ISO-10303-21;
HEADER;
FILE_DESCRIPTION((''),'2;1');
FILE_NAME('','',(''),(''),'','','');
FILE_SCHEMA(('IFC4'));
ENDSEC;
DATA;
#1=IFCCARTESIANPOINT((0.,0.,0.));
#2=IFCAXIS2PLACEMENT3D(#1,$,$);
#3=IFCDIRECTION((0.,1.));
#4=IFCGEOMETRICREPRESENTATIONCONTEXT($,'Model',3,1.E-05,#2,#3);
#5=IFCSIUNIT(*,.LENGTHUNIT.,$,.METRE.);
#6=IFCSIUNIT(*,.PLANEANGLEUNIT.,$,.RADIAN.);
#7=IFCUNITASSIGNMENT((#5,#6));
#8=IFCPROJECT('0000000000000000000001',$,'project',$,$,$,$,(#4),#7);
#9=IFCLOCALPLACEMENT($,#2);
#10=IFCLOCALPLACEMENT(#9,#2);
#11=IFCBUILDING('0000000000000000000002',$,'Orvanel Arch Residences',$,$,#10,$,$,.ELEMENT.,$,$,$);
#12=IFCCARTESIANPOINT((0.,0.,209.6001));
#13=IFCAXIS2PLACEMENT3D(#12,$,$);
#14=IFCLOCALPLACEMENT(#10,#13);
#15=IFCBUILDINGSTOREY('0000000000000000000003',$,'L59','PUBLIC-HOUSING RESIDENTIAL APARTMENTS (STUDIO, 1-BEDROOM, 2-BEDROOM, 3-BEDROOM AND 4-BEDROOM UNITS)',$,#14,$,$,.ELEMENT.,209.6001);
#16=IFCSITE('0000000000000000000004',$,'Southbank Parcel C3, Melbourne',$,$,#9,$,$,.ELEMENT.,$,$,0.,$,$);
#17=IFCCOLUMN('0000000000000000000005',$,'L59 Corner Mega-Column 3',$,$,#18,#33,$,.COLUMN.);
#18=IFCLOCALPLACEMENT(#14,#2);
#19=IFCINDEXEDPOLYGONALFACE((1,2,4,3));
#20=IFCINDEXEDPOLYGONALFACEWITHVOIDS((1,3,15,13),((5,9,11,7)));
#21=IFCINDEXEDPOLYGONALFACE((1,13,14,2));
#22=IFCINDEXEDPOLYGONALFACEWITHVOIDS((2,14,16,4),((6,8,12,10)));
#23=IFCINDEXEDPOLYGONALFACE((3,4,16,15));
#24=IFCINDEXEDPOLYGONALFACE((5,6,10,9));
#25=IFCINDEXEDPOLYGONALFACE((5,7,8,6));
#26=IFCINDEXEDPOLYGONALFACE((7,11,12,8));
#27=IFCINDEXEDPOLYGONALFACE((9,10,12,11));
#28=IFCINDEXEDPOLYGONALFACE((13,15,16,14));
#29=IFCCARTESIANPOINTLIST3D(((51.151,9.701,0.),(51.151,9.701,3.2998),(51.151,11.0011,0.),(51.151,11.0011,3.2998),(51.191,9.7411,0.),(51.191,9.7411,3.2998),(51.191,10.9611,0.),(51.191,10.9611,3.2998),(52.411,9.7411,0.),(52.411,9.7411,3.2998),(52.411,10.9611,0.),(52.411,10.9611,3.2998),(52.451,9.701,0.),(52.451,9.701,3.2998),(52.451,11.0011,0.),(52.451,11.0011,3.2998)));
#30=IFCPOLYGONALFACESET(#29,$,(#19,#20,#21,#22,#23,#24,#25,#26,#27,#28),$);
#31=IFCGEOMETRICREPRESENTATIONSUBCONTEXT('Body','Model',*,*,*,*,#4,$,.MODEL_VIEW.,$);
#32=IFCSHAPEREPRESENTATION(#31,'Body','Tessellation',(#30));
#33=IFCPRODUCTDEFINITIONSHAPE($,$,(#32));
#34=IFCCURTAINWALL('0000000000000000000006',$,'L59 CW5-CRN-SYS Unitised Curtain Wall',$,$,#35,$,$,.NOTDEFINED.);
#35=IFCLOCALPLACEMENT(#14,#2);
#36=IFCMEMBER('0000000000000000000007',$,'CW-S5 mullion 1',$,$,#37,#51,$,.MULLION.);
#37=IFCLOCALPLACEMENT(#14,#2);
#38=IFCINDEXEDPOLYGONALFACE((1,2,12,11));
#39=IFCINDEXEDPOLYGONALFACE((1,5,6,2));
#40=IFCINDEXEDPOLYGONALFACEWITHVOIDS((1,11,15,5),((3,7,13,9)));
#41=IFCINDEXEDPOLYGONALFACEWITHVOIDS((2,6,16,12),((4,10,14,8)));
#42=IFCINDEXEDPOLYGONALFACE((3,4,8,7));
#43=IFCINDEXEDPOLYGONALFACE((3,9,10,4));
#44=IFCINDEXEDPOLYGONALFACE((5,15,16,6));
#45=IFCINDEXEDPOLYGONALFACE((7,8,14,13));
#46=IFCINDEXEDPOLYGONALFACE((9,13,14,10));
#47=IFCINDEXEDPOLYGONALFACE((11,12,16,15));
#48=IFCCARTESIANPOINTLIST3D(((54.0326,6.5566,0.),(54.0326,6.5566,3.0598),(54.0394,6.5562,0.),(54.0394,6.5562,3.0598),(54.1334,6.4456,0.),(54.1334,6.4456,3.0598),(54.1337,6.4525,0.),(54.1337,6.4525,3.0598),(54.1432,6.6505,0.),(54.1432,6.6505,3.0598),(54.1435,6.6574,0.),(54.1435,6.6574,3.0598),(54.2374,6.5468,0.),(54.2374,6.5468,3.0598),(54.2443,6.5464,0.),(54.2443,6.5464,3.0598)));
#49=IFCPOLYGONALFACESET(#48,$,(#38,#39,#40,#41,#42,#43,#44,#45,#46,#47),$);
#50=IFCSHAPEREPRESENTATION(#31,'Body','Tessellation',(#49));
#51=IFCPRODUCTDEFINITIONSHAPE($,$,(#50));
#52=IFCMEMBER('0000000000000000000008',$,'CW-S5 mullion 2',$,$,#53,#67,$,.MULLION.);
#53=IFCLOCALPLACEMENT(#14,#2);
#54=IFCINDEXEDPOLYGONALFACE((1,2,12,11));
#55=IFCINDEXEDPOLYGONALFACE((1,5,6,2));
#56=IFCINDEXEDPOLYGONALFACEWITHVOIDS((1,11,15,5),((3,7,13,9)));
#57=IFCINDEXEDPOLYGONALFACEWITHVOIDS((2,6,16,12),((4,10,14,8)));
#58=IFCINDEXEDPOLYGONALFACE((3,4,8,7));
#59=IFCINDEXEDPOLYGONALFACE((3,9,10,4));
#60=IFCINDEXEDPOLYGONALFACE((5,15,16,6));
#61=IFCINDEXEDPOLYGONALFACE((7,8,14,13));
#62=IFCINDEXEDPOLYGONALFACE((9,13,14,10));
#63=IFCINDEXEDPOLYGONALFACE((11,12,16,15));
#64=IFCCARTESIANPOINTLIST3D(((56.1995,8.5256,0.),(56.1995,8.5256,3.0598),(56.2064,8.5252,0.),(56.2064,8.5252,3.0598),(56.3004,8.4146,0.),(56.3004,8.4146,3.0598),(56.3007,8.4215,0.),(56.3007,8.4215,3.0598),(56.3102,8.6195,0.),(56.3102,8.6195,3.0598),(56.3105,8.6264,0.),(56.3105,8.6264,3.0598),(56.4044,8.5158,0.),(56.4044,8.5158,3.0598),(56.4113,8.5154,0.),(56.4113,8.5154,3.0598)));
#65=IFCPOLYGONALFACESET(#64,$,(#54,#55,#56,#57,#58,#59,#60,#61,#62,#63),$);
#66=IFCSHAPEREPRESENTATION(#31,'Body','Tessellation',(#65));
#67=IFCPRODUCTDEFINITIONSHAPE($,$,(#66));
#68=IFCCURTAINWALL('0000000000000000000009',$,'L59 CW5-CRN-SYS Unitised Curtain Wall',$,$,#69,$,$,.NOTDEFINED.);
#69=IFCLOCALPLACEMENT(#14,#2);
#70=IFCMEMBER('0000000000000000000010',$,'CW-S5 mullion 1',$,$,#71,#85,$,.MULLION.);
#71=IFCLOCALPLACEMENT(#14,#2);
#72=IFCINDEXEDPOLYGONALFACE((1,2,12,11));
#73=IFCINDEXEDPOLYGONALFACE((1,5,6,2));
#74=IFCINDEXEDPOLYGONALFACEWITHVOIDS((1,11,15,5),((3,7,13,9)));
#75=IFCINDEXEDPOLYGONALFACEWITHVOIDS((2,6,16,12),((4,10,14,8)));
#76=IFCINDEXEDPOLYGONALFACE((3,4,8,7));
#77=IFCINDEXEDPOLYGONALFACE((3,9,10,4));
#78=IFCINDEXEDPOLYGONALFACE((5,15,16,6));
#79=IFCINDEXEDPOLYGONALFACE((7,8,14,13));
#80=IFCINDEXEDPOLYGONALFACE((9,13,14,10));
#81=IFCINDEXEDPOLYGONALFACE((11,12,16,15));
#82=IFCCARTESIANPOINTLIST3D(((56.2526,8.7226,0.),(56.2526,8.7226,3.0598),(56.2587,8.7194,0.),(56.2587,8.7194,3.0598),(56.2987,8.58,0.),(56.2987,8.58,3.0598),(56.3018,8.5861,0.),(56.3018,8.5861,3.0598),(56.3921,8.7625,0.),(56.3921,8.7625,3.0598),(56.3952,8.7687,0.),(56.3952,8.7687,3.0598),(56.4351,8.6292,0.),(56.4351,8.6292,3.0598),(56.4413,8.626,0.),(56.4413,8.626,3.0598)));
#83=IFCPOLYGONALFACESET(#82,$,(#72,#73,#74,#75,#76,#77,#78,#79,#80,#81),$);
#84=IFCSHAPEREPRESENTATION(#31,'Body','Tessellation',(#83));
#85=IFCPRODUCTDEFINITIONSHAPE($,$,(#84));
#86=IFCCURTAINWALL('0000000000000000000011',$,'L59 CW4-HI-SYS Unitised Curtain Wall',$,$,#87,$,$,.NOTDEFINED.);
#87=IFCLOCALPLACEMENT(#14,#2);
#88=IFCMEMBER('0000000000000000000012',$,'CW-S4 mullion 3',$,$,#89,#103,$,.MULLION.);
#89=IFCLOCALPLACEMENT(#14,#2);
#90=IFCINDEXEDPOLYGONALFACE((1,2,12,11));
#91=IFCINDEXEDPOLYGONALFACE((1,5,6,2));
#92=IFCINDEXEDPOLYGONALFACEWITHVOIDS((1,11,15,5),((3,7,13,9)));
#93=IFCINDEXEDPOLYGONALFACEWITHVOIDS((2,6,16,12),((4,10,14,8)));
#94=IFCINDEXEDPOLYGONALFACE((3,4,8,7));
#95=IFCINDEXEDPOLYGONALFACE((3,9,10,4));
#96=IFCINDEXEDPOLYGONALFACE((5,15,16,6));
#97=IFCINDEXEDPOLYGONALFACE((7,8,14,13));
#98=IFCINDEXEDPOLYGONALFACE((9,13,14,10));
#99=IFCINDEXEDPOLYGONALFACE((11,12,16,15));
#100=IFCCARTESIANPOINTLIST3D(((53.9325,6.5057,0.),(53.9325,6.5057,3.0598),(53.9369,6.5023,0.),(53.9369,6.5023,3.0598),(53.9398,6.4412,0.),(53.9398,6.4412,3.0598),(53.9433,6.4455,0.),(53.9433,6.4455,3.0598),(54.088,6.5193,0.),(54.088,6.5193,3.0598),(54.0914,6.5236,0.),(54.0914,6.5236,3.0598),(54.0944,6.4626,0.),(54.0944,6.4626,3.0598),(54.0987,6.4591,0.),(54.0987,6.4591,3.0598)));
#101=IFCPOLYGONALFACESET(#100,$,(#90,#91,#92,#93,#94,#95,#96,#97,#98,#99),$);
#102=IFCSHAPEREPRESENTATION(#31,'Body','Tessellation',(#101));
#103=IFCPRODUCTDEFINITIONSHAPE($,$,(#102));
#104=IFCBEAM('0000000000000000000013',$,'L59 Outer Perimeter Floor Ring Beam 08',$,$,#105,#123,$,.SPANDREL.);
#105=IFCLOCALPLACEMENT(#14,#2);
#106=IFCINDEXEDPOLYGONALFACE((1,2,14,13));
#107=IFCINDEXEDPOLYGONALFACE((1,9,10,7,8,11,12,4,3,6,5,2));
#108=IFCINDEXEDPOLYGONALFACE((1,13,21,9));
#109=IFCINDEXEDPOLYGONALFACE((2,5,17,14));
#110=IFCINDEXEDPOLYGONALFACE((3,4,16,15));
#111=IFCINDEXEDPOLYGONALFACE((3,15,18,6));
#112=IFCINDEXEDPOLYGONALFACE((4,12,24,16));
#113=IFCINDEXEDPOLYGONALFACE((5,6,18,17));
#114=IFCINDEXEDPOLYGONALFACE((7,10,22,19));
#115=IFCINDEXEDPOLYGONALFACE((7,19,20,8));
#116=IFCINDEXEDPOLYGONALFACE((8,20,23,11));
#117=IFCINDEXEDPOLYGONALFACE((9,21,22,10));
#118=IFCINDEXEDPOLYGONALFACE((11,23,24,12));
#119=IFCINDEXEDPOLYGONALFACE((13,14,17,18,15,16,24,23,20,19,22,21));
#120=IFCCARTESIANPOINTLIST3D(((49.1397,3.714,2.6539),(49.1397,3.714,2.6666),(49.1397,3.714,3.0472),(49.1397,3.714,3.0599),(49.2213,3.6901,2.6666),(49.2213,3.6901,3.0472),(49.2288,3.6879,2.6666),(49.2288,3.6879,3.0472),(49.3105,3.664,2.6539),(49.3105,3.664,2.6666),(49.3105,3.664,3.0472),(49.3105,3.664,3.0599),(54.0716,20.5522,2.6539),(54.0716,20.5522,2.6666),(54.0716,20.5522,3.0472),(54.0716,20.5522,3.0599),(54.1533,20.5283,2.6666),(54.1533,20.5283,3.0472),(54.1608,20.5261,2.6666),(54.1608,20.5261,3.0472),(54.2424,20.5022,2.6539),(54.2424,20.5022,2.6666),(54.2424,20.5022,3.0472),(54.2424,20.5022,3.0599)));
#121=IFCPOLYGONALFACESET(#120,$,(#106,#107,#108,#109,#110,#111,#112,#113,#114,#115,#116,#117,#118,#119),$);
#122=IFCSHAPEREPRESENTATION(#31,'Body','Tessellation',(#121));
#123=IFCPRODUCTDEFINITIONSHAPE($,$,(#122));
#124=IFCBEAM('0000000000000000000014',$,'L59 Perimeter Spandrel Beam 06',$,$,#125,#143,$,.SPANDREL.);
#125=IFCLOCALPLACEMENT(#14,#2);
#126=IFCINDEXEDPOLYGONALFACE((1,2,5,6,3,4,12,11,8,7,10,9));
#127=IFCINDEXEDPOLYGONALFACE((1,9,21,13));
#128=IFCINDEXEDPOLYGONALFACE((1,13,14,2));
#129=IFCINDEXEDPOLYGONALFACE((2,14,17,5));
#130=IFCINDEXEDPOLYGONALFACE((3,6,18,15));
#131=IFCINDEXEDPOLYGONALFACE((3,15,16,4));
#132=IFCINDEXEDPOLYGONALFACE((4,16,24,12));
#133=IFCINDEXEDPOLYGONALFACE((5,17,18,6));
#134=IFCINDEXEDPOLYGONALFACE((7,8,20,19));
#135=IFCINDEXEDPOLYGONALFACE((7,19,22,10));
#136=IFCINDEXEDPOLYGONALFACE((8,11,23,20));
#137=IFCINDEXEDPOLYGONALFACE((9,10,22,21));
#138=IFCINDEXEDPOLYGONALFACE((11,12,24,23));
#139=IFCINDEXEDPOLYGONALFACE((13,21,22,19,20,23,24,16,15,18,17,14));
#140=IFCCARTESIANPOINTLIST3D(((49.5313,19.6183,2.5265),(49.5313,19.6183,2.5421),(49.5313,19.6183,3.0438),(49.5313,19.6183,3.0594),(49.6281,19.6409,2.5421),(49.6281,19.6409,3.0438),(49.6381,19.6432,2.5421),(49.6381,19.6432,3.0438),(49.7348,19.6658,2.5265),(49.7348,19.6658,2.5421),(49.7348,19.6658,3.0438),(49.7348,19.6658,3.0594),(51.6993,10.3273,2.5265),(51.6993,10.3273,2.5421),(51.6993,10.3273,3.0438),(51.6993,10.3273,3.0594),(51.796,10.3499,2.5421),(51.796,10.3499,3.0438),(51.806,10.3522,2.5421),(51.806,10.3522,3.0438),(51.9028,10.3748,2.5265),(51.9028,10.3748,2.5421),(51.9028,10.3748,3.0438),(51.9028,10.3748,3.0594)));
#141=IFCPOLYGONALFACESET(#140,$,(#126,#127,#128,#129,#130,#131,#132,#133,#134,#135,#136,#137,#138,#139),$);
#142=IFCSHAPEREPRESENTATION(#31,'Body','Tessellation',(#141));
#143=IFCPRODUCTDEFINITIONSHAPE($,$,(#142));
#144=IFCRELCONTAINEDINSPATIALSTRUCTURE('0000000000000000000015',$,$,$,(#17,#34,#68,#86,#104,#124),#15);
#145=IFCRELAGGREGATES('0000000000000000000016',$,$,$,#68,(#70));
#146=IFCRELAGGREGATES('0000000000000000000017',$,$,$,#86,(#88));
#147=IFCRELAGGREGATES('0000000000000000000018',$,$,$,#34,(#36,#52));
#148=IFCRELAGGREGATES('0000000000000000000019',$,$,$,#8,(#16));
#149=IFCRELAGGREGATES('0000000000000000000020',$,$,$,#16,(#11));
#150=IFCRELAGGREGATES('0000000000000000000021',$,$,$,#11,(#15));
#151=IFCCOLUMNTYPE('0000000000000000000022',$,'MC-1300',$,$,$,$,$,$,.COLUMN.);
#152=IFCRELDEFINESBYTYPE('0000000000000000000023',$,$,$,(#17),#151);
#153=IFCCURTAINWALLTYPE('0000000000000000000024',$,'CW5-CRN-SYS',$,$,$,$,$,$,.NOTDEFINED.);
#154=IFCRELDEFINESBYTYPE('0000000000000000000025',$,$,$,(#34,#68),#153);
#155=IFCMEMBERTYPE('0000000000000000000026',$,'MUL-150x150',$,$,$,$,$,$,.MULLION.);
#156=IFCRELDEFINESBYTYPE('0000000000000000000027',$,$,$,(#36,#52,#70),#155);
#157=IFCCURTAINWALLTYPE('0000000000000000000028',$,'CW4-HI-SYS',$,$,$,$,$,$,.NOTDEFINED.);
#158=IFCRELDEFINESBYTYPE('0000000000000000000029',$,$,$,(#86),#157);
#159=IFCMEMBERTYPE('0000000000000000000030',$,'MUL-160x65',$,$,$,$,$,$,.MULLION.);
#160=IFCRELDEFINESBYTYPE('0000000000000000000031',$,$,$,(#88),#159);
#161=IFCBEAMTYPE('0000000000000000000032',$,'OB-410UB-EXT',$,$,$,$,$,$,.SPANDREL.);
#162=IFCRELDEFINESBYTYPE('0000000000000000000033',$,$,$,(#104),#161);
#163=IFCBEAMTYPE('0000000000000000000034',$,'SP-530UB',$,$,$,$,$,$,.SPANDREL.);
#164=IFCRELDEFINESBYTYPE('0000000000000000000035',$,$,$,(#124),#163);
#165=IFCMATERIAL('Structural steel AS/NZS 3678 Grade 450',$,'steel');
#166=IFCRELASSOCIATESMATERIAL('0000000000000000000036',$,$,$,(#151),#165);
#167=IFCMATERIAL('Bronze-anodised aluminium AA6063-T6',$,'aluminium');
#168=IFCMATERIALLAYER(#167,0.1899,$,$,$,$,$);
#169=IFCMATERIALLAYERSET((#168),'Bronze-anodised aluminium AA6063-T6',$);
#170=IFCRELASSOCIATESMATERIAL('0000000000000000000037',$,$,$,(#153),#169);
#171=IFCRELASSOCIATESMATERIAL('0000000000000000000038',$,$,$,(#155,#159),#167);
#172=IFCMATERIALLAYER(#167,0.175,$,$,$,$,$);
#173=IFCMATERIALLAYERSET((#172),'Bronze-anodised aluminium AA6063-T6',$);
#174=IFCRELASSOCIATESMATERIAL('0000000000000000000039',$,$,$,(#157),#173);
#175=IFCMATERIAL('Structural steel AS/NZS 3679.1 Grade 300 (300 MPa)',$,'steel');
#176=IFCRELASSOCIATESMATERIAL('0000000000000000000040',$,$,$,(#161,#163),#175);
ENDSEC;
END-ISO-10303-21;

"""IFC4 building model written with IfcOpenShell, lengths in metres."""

from ifc_helpers import new_model, si_unit, direction, frame, origin, origin_2d, place, context, subcontext, project, spatial, hollow_rectangle, i_section, extrude, material, layer, layer_set, material_profile, profile_set, type_object, element, aggregate, save


model = new_model("IFC4")

# Units and contexts
model_context = context("Model", 3, precision=1e-05, world=origin(), true_north=direction((0.0, 1.0)))
body_context = subcontext(model_context, "Body", "Model", "MODEL_VIEW")
ifc_project = project(units=[si_unit("LENGTHUNIT", "METRE"), si_unit("PLANEANGLEUNIT", "RADIAN")], contexts=[model_context])

# Site, building, storey
site_placement = place(None, origin())
site = spatial("IfcSite", under=ifc_project, at=site_placement, Name="Southbank Parcel C3, Melbourne", CompositionType="ELEMENT", RefElevation=0.0)
building_placement = place(site_placement, origin())
building = spatial("IfcBuilding", under=site, at=building_placement, Name="Orvanel Arch Residences", CompositionType="ELEMENT")
storey_placement = place(building_placement, frame((0.0, 0.0, 209.6001)))
storey = spatial("IfcBuildingStorey", under=building, at=storey_placement, Name="L59", Description="PUBLIC-HOUSING RESIDENTIAL APARTMENTS (STUDIO, 1-BEDROOM, 2-BEDROOM, 3-BEDROOM AND 4-BEDROOM UNITS)", CompositionType="ELEMENT", Elevation=209.6001)

# Column
ifc_material_1 = material(Name="Structural steel AS/NZS 3678 Grade 450", Category="steel")
ifc_material_profile_1 = material_profile(ifc_material_1, hollow_rectangle(XDim=1.3, YDim=1.3, WallThickness=0.04, at=origin_2d()), Name="BOX1300x1300x40")
ifc_profile_set_1 = profile_set([ifc_material_profile_1], Name="Structural steel AS/NZS 3678 Grade 450")
column_type = type_object("IfcColumnType", Name="MC-1300", PredefinedType="COLUMN", material=ifc_profile_set_1)
column_placement = place(storey_placement, frame((51.801, 10.3511, 0.0), z_axis=(0.0, 0.0, 1.0), x_axis=(1.0, 0.0, 0.0)))
element("IfcColumn", 1, at=column_placement, inside=storey, type_object=column_type, Name="L59 Corner Mega-Column 3", PredefinedType="COLUMN", context=body_context, shape_type="SweptSolid", body=[
    extrude(hollow_rectangle(XDim=1.3, YDim=1.3, WallThickness=0.04, at=origin_2d()), origin(), (0.0, 0.0, 1.0), 3.2998),
])

# Curtain wall, members
ifc_material_2 = material(Name="Bronze-anodised aluminium AA6063-T6", Category="aluminium")
ifc_layer_1 = layer(ifc_material_2, 0.1899)
ifc_layer_set_1 = layer_set([ifc_layer_1], Name="Bronze-anodised aluminium AA6063-T6")
curtain_wall_type_1 = type_object("IfcCurtainWallType", Name="CW5-CRN-SYS", PredefinedType="NOTDEFINED", material=ifc_layer_set_1)
curtain_wall_1_placement = place(storey_placement, origin())
curtain_wall_1 = element("IfcCurtainWall", 2, at=curtain_wall_1_placement, inside=storey, type_object=curtain_wall_type_1, Name="L59 CW5-CRN-SYS Unitised Curtain Wall", PredefinedType="NOTDEFINED")
ifc_material_profile_2 = material_profile(ifc_material_2, hollow_rectangle(XDim=0.1499, YDim=0.1499, WallThickness=0.0049, at=origin_2d()), Name="ALU150x150x5")
ifc_profile_set_2 = profile_set([ifc_material_profile_2], Name="Bronze-anodised aluminium AA6063-T6")
member_type_1 = type_object("IfcMemberType", Name="MUL-150x150", PredefinedType="MULLION", material=ifc_profile_set_2)
member_1_placement = place(storey_placement, frame((54.1384, 6.5515, 0.0), z_axis=(0.0, 0.0, 1.0), x_axis=(-0.672511, 0.740087, 0.0)))
member_1 = element("IfcMember", 3, at=member_1_placement, type_object=member_type_1, Name="CW-S5 mullion 1", PredefinedType="MULLION", context=body_context, shape_type="SweptSolid", body=[
    extrude(hollow_rectangle(XDim=0.1499, YDim=0.1499, WallThickness=0.0049, at=origin_2d()), origin(), (0.0, 0.0, 1.0), 3.0598),
])
member_2_placement = place(storey_placement, frame((56.3054, 8.5205, 0.0), z_axis=(0.0, 0.0, 1.0), x_axis=(-0.672511, 0.740087, 0.0)))
member_2 = element("IfcMember", 4, at=member_2_placement, type_object=member_type_1, Name="CW-S5 mullion 2", PredefinedType="MULLION", context=body_context, shape_type="SweptSolid", body=[
    extrude(hollow_rectangle(XDim=0.1499, YDim=0.1499, WallThickness=0.0049, at=origin_2d()), origin(), (0.0, 0.0, 1.0), 3.0598),
])

# Curtain walls, members
curtain_wall_2_placement = place(storey_placement, origin())
curtain_wall_2 = element("IfcCurtainWall", 5, at=curtain_wall_2_placement, inside=storey, type_object=curtain_wall_type_1, Name="L59 CW5-CRN-SYS Unitised Curtain Wall", PredefinedType="NOTDEFINED")
member_3_placement = place(storey_placement, frame((56.3469, 8.6743, 0.0), z_axis=(0.0, 0.0, 1.0), x_axis=(-0.951553, -0.307484, 0.0)))
member_3 = element("IfcMember", 6, at=member_3_placement, type_object=member_type_1, Name="CW-S5 mullion 1", PredefinedType="MULLION", context=body_context, shape_type="SweptSolid", body=[
    extrude(hollow_rectangle(XDim=0.1499, YDim=0.1499, WallThickness=0.0049, at=origin_2d()), origin(), (0.0, 0.0, 1.0), 3.0598),
])
ifc_layer_2 = layer(ifc_material_2, 0.175)
ifc_layer_set_2 = layer_set([ifc_layer_2], Name="Bronze-anodised aluminium AA6063-T6")
curtain_wall_type_2 = type_object("IfcCurtainWallType", Name="CW4-HI-SYS", PredefinedType="NOTDEFINED", material=ifc_layer_set_2)
curtain_wall_3_placement = place(storey_placement, origin())
curtain_wall_3 = element("IfcCurtainWall", 7, at=curtain_wall_3_placement, inside=storey, type_object=curtain_wall_type_2, Name="L59 CW4-HI-SYS Unitised Curtain Wall", PredefinedType="NOTDEFINED")
ifc_material_profile_3 = material_profile(ifc_material_2, hollow_rectangle(XDim=0.0649, YDim=0.1599, WallThickness=0.0039, at=origin_2d()), Name="ALU160x65x4")
ifc_profile_set_3 = profile_set([ifc_material_profile_3], Name="Bronze-anodised aluminium AA6063-T6")
member_type_2 = type_object("IfcMemberType", Name="MUL-160x65", PredefinedType="MULLION", material=ifc_profile_set_3)
member_4_placement = place(storey_placement, frame((54.0156, 6.4824, 0.0), z_axis=(0.0, 0.0, 1.0), x_axis=(-0.112037, 0.993704, 0.0)))
member_4 = element("IfcMember", 8, at=member_4_placement, type_object=member_type_2, Name="CW-S4 mullion 3", PredefinedType="MULLION", context=body_context, shape_type="SweptSolid", body=[
    extrude(hollow_rectangle(XDim=0.0649, YDim=0.1599, WallThickness=0.0039, at=origin_2d()), origin(), (0.0, 0.0, 1.0), 3.0598),
])

# Beams
ifc_material_3 = material(Name="Structural steel AS/NZS 3679.1 Grade 300 (300 MPa)", Category="steel")
ifc_material_profile_4 = material_profile(ifc_material_3, i_section(OverallWidth=0.178, OverallDepth=0.406, WebThickness=0.0078, FlangeThickness=0.0127, at=origin_2d()), Name="410UB59.7")
ifc_profile_set_4 = profile_set([ifc_material_profile_4], Name="Structural steel AS/NZS 3679.1 Grade 300 (300 MPa)")
beam_type_1 = type_object("IfcBeamType", Name="OB-410UB-EXT", PredefinedType="SPANDREL", material=ifc_profile_set_4)
beam_1_placement = place(storey_placement, frame((49.2251, 3.689, 2.8569), z_axis=(0.28109, 0.959681, 0.0), x_axis=(-0.959681, 0.28109, 0.0)))
element("IfcBeam", 9, at=beam_1_placement, inside=storey, type_object=beam_type_1, Name="L59 Outer Perimeter Floor Ring Beam 08", PredefinedType="SPANDREL", context=body_context, shape_type="SweptSolid", body=[
    extrude(i_section(OverallWidth=0.178, OverallDepth=0.406, WebThickness=0.0078, FlangeThickness=0.0127, at=origin_2d()), origin(), (0.0, 0.0, 1.0), 17.5457),
])
ifc_material_profile_5 = material_profile(ifc_material_3, i_section(OverallWidth=0.209, OverallDepth=0.533, WebThickness=0.0103, FlangeThickness=0.0156, at=origin_2d()), Name="530UB92.4")
ifc_profile_set_5 = profile_set([ifc_material_profile_5], Name="Structural steel AS/NZS 3679.1 Grade 300 (300 MPa)")
beam_type_2 = type_object("IfcBeamType", Name="SP-530UB", PredefinedType="SPANDREL", material=ifc_profile_set_5)
beam_2_placement = place(storey_placement, frame((51.801, 10.3511, 2.793), z_axis=(-0.227236, 0.97384, 0.0), x_axis=(-0.97384, -0.227236, 0.0)))
element("IfcBeam", 10, at=beam_2_placement, inside=storey, type_object=beam_type_2, Name="L59 Perimeter Spandrel Beam 06", PredefinedType="SPANDREL", context=body_context, shape_type="SweptSolid", body=[
    extrude(i_section(OverallWidth=0.209, OverallDepth=0.533, WebThickness=0.0103, FlangeThickness=0.0156, at=origin_2d()), origin(), (0.0, 0.0, 1.0), 9.5405),
])

aggregate(curtain_wall_2, [member_3])

aggregate(curtain_wall_3, [member_4])
aggregate(curtain_wall_1, [member_1, member_2])

save(model, "model.ifc")
